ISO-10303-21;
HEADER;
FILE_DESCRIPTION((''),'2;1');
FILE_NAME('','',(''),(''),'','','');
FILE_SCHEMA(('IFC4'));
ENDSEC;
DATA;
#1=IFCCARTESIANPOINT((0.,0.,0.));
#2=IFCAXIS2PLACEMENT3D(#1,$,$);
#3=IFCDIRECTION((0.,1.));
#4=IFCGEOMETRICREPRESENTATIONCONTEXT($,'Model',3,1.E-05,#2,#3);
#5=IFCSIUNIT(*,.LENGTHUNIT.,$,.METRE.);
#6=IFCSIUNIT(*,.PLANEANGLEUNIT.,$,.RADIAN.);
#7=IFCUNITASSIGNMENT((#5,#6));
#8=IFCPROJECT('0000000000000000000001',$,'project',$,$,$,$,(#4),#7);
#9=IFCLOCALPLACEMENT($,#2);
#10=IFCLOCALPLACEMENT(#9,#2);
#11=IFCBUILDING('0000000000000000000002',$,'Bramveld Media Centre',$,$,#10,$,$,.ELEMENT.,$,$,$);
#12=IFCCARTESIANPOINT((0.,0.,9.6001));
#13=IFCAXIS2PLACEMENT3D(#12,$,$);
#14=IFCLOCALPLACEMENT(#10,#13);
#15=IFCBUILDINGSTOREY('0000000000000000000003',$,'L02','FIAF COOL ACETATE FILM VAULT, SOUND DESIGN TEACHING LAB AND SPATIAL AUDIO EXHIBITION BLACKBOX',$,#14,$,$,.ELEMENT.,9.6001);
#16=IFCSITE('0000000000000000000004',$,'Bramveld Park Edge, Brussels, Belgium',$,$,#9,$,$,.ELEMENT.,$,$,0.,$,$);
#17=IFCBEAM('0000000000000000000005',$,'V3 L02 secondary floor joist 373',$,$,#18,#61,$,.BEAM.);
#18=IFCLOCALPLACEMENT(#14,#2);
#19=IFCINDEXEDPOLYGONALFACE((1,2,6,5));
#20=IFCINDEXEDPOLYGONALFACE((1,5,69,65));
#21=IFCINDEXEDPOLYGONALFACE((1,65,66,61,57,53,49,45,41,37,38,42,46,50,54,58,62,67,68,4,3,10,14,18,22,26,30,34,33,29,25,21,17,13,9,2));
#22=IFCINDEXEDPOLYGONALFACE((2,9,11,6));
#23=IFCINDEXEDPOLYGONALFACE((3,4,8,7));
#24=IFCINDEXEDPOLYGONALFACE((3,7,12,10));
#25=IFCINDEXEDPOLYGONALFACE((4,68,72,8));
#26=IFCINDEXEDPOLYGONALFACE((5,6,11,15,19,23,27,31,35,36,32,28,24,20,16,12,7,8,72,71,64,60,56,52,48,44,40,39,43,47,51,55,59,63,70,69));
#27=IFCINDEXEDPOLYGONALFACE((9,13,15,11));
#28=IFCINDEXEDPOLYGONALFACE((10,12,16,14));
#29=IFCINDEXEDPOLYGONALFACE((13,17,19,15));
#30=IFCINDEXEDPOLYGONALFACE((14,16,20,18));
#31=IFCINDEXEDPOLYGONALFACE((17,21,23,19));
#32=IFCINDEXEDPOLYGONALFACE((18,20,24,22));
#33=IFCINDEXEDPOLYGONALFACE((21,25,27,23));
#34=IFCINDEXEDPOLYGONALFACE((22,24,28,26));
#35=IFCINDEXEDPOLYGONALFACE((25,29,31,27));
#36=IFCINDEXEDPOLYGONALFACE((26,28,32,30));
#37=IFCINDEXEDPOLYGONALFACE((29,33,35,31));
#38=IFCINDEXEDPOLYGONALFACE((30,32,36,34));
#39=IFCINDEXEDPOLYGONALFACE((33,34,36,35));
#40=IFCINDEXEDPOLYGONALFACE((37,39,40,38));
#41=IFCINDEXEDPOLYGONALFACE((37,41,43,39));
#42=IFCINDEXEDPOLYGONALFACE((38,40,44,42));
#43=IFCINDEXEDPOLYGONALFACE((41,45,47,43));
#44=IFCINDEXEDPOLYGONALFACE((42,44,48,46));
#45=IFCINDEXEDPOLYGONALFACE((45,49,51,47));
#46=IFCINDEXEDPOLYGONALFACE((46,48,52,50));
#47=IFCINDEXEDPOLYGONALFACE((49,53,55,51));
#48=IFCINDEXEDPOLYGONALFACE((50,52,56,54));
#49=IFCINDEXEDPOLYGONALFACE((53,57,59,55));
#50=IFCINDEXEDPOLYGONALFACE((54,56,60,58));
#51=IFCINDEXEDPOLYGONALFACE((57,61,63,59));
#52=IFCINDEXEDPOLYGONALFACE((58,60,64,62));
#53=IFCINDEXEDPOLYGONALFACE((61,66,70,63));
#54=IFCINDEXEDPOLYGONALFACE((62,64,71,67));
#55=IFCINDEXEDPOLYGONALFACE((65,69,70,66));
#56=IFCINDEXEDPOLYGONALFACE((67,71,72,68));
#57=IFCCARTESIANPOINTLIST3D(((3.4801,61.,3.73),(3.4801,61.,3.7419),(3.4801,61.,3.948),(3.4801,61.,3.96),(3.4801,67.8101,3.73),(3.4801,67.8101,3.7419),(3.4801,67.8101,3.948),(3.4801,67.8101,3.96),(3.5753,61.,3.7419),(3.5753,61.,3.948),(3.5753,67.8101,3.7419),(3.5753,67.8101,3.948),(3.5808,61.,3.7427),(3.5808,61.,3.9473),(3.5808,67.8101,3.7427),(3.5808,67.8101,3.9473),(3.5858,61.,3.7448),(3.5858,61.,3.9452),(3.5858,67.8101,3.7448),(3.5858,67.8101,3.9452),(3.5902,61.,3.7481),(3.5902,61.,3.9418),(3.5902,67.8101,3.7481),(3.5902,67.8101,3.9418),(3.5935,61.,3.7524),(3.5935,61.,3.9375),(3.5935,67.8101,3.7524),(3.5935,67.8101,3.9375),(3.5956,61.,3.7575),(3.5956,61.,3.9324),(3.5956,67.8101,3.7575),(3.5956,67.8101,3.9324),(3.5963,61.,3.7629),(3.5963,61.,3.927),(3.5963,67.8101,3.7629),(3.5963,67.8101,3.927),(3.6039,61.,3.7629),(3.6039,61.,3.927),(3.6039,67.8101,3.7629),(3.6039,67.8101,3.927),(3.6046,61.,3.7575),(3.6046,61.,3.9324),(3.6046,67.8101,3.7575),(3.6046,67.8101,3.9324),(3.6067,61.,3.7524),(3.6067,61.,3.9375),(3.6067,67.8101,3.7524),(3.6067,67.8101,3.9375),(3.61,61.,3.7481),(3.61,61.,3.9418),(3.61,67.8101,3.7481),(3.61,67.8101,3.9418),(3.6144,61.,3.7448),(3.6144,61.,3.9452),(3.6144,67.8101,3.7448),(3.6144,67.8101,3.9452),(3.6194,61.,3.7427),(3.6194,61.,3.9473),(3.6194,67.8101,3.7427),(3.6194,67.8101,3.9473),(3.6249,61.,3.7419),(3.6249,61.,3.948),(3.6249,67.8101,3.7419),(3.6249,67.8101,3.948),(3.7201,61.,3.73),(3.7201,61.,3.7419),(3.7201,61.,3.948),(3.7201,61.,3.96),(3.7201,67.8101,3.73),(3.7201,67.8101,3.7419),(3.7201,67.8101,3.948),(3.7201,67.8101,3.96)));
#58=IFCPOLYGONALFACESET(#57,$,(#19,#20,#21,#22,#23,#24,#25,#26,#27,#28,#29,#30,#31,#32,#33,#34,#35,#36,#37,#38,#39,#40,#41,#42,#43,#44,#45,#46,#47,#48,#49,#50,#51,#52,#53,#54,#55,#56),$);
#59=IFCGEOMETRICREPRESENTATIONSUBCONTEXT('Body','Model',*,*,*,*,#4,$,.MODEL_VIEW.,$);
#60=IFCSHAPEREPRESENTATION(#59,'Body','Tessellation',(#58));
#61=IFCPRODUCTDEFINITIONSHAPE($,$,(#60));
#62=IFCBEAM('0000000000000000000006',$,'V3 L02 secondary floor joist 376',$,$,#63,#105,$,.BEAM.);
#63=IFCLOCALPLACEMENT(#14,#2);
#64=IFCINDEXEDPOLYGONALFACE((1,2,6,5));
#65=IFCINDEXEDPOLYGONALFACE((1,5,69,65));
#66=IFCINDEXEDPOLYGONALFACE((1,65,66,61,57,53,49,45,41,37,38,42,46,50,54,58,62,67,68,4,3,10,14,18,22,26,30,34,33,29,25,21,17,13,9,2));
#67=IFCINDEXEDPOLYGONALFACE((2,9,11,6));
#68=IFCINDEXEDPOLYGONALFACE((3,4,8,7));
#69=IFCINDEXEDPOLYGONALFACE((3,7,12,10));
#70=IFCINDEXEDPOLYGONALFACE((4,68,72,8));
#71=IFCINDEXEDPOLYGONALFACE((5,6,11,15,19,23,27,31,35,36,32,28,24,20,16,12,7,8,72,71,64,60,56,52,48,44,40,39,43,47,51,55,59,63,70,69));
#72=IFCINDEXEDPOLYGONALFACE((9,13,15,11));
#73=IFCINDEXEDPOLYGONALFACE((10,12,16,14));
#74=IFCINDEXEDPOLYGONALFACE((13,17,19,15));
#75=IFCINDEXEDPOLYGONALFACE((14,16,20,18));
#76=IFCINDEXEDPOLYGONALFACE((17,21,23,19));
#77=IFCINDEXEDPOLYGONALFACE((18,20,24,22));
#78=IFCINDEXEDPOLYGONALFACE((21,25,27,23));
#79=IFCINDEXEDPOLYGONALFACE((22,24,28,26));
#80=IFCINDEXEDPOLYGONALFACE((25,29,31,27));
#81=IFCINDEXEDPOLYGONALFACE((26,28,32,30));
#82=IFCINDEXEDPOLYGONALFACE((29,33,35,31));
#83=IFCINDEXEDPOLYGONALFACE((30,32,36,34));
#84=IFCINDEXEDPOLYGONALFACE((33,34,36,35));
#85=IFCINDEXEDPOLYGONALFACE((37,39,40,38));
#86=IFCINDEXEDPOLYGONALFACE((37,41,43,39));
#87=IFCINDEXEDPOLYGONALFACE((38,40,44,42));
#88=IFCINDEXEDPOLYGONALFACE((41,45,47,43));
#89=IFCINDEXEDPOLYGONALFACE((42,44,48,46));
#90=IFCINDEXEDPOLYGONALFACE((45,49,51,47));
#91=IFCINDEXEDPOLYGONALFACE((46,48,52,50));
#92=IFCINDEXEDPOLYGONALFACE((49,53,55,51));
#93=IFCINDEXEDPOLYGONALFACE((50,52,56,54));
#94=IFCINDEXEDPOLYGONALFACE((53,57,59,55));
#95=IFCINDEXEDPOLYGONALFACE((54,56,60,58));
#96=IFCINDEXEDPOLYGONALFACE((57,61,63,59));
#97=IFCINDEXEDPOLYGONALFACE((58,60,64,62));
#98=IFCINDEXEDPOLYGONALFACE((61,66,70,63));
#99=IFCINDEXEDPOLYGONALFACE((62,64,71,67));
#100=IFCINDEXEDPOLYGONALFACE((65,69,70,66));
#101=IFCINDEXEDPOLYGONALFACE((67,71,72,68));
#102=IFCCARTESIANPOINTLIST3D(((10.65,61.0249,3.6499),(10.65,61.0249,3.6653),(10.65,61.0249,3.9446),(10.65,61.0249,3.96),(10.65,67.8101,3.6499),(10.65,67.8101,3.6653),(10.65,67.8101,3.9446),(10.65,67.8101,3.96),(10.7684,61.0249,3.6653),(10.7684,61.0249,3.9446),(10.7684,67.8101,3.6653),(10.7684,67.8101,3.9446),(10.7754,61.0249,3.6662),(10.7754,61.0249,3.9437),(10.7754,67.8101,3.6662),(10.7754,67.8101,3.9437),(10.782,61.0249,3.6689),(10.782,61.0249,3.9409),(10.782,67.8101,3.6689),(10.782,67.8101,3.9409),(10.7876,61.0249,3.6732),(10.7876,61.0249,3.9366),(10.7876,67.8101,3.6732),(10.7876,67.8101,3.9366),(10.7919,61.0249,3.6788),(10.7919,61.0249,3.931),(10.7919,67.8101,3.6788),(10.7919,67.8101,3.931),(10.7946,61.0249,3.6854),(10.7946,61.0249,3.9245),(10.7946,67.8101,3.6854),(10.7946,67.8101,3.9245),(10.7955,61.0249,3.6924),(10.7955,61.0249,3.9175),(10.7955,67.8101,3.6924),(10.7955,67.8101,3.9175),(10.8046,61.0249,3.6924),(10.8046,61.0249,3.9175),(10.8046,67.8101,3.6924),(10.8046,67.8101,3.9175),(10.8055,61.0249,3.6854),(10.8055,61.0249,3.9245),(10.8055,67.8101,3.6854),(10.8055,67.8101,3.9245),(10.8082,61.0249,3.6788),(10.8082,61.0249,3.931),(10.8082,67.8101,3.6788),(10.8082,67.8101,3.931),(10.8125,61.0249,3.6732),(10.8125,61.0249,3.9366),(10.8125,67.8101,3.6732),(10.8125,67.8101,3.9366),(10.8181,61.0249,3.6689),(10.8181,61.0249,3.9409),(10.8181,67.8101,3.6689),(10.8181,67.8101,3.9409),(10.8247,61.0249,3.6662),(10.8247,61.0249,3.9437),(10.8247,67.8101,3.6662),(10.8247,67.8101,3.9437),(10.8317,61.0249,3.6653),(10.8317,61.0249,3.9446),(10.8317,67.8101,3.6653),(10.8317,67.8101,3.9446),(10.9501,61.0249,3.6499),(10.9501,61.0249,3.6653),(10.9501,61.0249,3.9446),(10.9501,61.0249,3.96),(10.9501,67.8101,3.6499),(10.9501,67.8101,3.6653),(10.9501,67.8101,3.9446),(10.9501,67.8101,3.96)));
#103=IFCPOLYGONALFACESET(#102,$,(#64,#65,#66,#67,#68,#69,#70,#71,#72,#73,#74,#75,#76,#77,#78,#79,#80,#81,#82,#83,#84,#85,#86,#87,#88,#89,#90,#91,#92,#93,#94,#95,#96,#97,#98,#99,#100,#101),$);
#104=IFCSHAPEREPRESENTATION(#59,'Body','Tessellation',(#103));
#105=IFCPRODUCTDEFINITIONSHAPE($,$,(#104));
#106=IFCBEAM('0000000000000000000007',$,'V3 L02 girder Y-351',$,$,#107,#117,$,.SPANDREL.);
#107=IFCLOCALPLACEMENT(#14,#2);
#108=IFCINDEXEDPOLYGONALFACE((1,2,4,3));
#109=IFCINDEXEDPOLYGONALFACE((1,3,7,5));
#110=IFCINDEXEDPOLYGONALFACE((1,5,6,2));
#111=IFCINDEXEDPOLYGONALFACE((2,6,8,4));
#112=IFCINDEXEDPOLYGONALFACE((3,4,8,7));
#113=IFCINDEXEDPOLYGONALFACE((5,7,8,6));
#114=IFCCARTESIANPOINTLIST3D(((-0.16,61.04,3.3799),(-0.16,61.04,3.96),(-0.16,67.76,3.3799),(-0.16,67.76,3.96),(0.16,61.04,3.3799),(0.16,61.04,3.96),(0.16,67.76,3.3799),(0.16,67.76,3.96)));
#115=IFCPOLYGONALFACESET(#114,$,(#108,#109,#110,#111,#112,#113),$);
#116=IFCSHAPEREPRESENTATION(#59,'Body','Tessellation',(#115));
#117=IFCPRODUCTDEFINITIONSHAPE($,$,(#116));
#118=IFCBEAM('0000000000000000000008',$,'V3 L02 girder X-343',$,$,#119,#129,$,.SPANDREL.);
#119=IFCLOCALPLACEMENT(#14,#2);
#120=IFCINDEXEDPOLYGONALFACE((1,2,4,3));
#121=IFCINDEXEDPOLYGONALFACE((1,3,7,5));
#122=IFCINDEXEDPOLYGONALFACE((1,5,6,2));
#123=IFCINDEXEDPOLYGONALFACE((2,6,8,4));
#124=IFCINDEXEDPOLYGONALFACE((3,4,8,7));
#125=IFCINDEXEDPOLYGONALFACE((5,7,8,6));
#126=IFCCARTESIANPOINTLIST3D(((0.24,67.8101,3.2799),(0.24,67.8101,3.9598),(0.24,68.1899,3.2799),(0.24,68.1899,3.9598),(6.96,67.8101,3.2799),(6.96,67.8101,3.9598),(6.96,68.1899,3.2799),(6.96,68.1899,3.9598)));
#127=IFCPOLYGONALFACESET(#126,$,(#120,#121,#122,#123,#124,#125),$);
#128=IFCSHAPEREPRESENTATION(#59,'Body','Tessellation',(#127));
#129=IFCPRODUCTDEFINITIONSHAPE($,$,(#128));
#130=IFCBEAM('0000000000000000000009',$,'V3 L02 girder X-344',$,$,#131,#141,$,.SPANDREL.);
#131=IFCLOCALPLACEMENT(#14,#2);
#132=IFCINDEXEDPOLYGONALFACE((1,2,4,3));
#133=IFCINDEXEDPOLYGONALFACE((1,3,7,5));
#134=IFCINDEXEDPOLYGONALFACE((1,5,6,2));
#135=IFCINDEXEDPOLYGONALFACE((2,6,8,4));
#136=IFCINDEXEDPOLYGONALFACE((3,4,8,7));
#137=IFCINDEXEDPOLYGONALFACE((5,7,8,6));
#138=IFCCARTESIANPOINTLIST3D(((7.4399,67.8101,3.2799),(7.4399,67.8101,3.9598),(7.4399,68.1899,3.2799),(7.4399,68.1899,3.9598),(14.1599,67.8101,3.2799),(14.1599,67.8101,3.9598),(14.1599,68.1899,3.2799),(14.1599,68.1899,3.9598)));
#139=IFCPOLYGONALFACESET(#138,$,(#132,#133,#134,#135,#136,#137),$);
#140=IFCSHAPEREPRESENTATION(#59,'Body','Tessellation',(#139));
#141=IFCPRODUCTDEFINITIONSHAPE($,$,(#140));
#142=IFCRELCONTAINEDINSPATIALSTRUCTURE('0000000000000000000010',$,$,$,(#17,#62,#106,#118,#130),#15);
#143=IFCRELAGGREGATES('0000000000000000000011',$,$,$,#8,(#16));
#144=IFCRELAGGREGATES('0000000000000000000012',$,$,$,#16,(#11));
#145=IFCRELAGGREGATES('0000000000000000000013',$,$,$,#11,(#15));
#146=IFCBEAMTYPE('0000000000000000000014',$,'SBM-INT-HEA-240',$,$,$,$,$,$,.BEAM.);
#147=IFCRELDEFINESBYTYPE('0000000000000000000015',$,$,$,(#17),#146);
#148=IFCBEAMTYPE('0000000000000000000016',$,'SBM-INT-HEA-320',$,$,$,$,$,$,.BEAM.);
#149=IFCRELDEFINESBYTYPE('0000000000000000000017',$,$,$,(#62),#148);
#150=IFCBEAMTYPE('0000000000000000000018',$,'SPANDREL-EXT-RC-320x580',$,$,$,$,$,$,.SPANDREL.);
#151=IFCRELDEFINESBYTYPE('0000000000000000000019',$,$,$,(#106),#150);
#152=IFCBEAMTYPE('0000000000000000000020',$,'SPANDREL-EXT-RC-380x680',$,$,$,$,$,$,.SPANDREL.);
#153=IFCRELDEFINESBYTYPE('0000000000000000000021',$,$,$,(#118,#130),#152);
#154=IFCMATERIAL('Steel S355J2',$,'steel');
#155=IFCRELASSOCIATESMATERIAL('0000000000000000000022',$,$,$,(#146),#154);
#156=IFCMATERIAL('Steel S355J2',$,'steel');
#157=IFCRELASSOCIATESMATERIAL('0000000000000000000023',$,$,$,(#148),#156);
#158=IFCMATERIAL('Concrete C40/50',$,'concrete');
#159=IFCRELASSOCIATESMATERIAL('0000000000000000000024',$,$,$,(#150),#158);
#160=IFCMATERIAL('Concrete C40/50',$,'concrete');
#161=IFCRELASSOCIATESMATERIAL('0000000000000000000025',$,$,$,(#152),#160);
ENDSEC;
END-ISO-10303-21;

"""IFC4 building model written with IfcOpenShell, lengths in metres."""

from ifc_helpers import new_model, si_unit, direction, frame, origin, origin_2d, place, context, subcontext, project, spatial, rectangle, i_section, extrude, material, material_profile, profile_set, type_object, element, save


model = new_model("IFC4")

# Units and contexts
model_context = context("Model", 3, precision=1e-05, world=origin(), true_north=direction((0.0, 1.0)))
body_context = subcontext(model_context, "Body", "Model", "MODEL_VIEW")
ifc_project = project(units=[si_unit("LENGTHUNIT", "METRE"), si_unit("PLANEANGLEUNIT", "RADIAN")], contexts=[model_context])

# Site, building, storey
site_placement = place(None, origin())
site = spatial("IfcSite", under=ifc_project, at=site_placement, Name="Bramveld Park Edge, Brussels, Belgium", CompositionType="ELEMENT", RefElevation=0.0)
building_placement = place(site_placement, origin())
building = spatial("IfcBuilding", under=site, at=building_placement, Name="Bramveld Media Centre", CompositionType="ELEMENT")
storey_placement = place(building_placement, frame((0.0, 0.0, 9.6001)))
storey = spatial("IfcBuildingStorey", under=building, at=storey_placement, Name="L02", Description="FIAF COOL ACETATE FILM VAULT, SOUND DESIGN TEACHING LAB AND SPATIAL AUDIO EXHIBITION BLACKBOX", CompositionType="ELEMENT", Elevation=9.6001)

# Beams
ifc_material_1 = material(Name="Steel S355J2", Category="steel")
ifc_material_profile_1 = material_profile(ifc_material_1, i_section(OverallWidth=0.24, OverallDepth=0.23, WebThickness=0.0076, FlangeThickness=0.012, FilletRadius=0.021, at=origin_2d()), Name="HEA 240")
ifc_profile_set_1 = profile_set([ifc_material_profile_1], Name="Steel S355J2")
beam_type_1 = type_object("IfcBeamType", Name="SBM-INT-HEA-240", PredefinedType="BEAM", material=ifc_profile_set_1)
beam_1_placement = place(storey_placement, frame((3.6001, 61.0, 3.845), z_axis=(0.0, 1.0, 0.0), x_axis=(-1.0, 0.0, 0.0)))
element("IfcBeam", 1, at=beam_1_placement, inside=storey, type_object=beam_type_1, Name="V3 L02 secondary floor joist 373", PredefinedType="BEAM", context=body_context, shape_type="SweptSolid", body=[
    extrude(i_section(OverallWidth=0.24, OverallDepth=0.23, WebThickness=0.0076, FlangeThickness=0.012, FilletRadius=0.021, at=origin_2d()), origin(), (0.0, 0.0, 1.0), 6.8101),
])
ifc_material_2 = material(Name="Steel S355J2", Category="steel")
ifc_material_profile_2 = material_profile(ifc_material_2, i_section(OverallWidth=0.3, OverallDepth=0.3101, WebThickness=0.009, FlangeThickness=0.0154, FilletRadius=0.0271, at=origin_2d()), Name="HEA 320")
ifc_profile_set_2 = profile_set([ifc_material_profile_2], Name="Steel S355J2")
beam_type_2 = type_object("IfcBeamType", Name="SBM-INT-HEA-320", PredefinedType="BEAM", material=ifc_profile_set_2)
beam_2_placement = place(storey_placement, frame((10.8, 61.0249, 3.8049), z_axis=(0.0, 1.0, 0.0), x_axis=(-1.0, 0.0, 0.0)))
element("IfcBeam", 2, at=beam_2_placement, inside=storey, type_object=beam_type_2, Name="V3 L02 secondary floor joist 376", PredefinedType="BEAM", context=body_context, shape_type="SweptSolid", body=[
    extrude(i_section(OverallWidth=0.3, OverallDepth=0.3101, WebThickness=0.009, FlangeThickness=0.0154, FilletRadius=0.0271, at=origin_2d()), origin(), (0.0, 0.0, 1.0), 6.7852),
])
ifc_material_3 = material(Name="Concrete C40/50", Category="concrete")
ifc_material_profile_3 = material_profile(ifc_material_3, rectangle(XDim=0.3201, YDim=0.5801, at=origin_2d()), Name="RC 320x580")
ifc_profile_set_3 = profile_set([ifc_material_profile_3], Name="Concrete C40/50")
beam_type_3 = type_object("IfcBeamType", Name="SPANDREL-EXT-RC-320x580", PredefinedType="SPANDREL", material=ifc_profile_set_3)
beam_3_placement = place(storey_placement, frame((0.0, 61.04, 3.6699), z_axis=(0.0, 1.0, 0.0), x_axis=(-1.0, 0.0, 0.0)))
element("IfcBeam", 3, at=beam_3_placement, inside=storey, type_object=beam_type_3, Name="V3 L02 girder Y-351", PredefinedType="SPANDREL", context=body_context, shape_type="SweptSolid", body=[
    extrude(rectangle(XDim=0.3201, YDim=0.5801, at=origin_2d()), origin(), (0.0, 0.0, 1.0), 6.72),
])
ifc_material_4 = material(Name="Concrete C40/50", Category="concrete")
ifc_material_profile_4 = material_profile(ifc_material_4, rectangle(XDim=0.3799, YDim=0.6799, at=origin_2d()), Name="RC 380x680")
ifc_profile_set_4 = profile_set([ifc_material_profile_4], Name="Concrete C40/50")
beam_type_4 = type_object("IfcBeamType", Name="SPANDREL-EXT-RC-380x680", PredefinedType="SPANDREL", material=ifc_profile_set_4)
for number, where, z_axis, x_axis, name in (
    (4, (0.24, 68.0, 3.6199), (1.0, 0.0, 0.0), (0.0, 1.0, 0.0), "V3 L02 girder X-343"),
    (5, (7.4399, 68.0, 3.6199), (1.0, 0.0, 0.0), (0.0, 1.0, 0.0), "V3 L02 girder X-344"),
):
    element("IfcBeam", number, at=place(storey_placement, frame(where, z_axis=z_axis, x_axis=x_axis)), inside=storey, type_object=beam_type_4, Name=name, PredefinedType="SPANDREL", context=body_context, shape_type="SweptSolid", body=[
        extrude(rectangle(XDim=0.3799, YDim=0.6799, at=origin_2d()), origin(), (0.0, 0.0, 1.0), 6.72),
    ])

save(model, "model.ifc")
